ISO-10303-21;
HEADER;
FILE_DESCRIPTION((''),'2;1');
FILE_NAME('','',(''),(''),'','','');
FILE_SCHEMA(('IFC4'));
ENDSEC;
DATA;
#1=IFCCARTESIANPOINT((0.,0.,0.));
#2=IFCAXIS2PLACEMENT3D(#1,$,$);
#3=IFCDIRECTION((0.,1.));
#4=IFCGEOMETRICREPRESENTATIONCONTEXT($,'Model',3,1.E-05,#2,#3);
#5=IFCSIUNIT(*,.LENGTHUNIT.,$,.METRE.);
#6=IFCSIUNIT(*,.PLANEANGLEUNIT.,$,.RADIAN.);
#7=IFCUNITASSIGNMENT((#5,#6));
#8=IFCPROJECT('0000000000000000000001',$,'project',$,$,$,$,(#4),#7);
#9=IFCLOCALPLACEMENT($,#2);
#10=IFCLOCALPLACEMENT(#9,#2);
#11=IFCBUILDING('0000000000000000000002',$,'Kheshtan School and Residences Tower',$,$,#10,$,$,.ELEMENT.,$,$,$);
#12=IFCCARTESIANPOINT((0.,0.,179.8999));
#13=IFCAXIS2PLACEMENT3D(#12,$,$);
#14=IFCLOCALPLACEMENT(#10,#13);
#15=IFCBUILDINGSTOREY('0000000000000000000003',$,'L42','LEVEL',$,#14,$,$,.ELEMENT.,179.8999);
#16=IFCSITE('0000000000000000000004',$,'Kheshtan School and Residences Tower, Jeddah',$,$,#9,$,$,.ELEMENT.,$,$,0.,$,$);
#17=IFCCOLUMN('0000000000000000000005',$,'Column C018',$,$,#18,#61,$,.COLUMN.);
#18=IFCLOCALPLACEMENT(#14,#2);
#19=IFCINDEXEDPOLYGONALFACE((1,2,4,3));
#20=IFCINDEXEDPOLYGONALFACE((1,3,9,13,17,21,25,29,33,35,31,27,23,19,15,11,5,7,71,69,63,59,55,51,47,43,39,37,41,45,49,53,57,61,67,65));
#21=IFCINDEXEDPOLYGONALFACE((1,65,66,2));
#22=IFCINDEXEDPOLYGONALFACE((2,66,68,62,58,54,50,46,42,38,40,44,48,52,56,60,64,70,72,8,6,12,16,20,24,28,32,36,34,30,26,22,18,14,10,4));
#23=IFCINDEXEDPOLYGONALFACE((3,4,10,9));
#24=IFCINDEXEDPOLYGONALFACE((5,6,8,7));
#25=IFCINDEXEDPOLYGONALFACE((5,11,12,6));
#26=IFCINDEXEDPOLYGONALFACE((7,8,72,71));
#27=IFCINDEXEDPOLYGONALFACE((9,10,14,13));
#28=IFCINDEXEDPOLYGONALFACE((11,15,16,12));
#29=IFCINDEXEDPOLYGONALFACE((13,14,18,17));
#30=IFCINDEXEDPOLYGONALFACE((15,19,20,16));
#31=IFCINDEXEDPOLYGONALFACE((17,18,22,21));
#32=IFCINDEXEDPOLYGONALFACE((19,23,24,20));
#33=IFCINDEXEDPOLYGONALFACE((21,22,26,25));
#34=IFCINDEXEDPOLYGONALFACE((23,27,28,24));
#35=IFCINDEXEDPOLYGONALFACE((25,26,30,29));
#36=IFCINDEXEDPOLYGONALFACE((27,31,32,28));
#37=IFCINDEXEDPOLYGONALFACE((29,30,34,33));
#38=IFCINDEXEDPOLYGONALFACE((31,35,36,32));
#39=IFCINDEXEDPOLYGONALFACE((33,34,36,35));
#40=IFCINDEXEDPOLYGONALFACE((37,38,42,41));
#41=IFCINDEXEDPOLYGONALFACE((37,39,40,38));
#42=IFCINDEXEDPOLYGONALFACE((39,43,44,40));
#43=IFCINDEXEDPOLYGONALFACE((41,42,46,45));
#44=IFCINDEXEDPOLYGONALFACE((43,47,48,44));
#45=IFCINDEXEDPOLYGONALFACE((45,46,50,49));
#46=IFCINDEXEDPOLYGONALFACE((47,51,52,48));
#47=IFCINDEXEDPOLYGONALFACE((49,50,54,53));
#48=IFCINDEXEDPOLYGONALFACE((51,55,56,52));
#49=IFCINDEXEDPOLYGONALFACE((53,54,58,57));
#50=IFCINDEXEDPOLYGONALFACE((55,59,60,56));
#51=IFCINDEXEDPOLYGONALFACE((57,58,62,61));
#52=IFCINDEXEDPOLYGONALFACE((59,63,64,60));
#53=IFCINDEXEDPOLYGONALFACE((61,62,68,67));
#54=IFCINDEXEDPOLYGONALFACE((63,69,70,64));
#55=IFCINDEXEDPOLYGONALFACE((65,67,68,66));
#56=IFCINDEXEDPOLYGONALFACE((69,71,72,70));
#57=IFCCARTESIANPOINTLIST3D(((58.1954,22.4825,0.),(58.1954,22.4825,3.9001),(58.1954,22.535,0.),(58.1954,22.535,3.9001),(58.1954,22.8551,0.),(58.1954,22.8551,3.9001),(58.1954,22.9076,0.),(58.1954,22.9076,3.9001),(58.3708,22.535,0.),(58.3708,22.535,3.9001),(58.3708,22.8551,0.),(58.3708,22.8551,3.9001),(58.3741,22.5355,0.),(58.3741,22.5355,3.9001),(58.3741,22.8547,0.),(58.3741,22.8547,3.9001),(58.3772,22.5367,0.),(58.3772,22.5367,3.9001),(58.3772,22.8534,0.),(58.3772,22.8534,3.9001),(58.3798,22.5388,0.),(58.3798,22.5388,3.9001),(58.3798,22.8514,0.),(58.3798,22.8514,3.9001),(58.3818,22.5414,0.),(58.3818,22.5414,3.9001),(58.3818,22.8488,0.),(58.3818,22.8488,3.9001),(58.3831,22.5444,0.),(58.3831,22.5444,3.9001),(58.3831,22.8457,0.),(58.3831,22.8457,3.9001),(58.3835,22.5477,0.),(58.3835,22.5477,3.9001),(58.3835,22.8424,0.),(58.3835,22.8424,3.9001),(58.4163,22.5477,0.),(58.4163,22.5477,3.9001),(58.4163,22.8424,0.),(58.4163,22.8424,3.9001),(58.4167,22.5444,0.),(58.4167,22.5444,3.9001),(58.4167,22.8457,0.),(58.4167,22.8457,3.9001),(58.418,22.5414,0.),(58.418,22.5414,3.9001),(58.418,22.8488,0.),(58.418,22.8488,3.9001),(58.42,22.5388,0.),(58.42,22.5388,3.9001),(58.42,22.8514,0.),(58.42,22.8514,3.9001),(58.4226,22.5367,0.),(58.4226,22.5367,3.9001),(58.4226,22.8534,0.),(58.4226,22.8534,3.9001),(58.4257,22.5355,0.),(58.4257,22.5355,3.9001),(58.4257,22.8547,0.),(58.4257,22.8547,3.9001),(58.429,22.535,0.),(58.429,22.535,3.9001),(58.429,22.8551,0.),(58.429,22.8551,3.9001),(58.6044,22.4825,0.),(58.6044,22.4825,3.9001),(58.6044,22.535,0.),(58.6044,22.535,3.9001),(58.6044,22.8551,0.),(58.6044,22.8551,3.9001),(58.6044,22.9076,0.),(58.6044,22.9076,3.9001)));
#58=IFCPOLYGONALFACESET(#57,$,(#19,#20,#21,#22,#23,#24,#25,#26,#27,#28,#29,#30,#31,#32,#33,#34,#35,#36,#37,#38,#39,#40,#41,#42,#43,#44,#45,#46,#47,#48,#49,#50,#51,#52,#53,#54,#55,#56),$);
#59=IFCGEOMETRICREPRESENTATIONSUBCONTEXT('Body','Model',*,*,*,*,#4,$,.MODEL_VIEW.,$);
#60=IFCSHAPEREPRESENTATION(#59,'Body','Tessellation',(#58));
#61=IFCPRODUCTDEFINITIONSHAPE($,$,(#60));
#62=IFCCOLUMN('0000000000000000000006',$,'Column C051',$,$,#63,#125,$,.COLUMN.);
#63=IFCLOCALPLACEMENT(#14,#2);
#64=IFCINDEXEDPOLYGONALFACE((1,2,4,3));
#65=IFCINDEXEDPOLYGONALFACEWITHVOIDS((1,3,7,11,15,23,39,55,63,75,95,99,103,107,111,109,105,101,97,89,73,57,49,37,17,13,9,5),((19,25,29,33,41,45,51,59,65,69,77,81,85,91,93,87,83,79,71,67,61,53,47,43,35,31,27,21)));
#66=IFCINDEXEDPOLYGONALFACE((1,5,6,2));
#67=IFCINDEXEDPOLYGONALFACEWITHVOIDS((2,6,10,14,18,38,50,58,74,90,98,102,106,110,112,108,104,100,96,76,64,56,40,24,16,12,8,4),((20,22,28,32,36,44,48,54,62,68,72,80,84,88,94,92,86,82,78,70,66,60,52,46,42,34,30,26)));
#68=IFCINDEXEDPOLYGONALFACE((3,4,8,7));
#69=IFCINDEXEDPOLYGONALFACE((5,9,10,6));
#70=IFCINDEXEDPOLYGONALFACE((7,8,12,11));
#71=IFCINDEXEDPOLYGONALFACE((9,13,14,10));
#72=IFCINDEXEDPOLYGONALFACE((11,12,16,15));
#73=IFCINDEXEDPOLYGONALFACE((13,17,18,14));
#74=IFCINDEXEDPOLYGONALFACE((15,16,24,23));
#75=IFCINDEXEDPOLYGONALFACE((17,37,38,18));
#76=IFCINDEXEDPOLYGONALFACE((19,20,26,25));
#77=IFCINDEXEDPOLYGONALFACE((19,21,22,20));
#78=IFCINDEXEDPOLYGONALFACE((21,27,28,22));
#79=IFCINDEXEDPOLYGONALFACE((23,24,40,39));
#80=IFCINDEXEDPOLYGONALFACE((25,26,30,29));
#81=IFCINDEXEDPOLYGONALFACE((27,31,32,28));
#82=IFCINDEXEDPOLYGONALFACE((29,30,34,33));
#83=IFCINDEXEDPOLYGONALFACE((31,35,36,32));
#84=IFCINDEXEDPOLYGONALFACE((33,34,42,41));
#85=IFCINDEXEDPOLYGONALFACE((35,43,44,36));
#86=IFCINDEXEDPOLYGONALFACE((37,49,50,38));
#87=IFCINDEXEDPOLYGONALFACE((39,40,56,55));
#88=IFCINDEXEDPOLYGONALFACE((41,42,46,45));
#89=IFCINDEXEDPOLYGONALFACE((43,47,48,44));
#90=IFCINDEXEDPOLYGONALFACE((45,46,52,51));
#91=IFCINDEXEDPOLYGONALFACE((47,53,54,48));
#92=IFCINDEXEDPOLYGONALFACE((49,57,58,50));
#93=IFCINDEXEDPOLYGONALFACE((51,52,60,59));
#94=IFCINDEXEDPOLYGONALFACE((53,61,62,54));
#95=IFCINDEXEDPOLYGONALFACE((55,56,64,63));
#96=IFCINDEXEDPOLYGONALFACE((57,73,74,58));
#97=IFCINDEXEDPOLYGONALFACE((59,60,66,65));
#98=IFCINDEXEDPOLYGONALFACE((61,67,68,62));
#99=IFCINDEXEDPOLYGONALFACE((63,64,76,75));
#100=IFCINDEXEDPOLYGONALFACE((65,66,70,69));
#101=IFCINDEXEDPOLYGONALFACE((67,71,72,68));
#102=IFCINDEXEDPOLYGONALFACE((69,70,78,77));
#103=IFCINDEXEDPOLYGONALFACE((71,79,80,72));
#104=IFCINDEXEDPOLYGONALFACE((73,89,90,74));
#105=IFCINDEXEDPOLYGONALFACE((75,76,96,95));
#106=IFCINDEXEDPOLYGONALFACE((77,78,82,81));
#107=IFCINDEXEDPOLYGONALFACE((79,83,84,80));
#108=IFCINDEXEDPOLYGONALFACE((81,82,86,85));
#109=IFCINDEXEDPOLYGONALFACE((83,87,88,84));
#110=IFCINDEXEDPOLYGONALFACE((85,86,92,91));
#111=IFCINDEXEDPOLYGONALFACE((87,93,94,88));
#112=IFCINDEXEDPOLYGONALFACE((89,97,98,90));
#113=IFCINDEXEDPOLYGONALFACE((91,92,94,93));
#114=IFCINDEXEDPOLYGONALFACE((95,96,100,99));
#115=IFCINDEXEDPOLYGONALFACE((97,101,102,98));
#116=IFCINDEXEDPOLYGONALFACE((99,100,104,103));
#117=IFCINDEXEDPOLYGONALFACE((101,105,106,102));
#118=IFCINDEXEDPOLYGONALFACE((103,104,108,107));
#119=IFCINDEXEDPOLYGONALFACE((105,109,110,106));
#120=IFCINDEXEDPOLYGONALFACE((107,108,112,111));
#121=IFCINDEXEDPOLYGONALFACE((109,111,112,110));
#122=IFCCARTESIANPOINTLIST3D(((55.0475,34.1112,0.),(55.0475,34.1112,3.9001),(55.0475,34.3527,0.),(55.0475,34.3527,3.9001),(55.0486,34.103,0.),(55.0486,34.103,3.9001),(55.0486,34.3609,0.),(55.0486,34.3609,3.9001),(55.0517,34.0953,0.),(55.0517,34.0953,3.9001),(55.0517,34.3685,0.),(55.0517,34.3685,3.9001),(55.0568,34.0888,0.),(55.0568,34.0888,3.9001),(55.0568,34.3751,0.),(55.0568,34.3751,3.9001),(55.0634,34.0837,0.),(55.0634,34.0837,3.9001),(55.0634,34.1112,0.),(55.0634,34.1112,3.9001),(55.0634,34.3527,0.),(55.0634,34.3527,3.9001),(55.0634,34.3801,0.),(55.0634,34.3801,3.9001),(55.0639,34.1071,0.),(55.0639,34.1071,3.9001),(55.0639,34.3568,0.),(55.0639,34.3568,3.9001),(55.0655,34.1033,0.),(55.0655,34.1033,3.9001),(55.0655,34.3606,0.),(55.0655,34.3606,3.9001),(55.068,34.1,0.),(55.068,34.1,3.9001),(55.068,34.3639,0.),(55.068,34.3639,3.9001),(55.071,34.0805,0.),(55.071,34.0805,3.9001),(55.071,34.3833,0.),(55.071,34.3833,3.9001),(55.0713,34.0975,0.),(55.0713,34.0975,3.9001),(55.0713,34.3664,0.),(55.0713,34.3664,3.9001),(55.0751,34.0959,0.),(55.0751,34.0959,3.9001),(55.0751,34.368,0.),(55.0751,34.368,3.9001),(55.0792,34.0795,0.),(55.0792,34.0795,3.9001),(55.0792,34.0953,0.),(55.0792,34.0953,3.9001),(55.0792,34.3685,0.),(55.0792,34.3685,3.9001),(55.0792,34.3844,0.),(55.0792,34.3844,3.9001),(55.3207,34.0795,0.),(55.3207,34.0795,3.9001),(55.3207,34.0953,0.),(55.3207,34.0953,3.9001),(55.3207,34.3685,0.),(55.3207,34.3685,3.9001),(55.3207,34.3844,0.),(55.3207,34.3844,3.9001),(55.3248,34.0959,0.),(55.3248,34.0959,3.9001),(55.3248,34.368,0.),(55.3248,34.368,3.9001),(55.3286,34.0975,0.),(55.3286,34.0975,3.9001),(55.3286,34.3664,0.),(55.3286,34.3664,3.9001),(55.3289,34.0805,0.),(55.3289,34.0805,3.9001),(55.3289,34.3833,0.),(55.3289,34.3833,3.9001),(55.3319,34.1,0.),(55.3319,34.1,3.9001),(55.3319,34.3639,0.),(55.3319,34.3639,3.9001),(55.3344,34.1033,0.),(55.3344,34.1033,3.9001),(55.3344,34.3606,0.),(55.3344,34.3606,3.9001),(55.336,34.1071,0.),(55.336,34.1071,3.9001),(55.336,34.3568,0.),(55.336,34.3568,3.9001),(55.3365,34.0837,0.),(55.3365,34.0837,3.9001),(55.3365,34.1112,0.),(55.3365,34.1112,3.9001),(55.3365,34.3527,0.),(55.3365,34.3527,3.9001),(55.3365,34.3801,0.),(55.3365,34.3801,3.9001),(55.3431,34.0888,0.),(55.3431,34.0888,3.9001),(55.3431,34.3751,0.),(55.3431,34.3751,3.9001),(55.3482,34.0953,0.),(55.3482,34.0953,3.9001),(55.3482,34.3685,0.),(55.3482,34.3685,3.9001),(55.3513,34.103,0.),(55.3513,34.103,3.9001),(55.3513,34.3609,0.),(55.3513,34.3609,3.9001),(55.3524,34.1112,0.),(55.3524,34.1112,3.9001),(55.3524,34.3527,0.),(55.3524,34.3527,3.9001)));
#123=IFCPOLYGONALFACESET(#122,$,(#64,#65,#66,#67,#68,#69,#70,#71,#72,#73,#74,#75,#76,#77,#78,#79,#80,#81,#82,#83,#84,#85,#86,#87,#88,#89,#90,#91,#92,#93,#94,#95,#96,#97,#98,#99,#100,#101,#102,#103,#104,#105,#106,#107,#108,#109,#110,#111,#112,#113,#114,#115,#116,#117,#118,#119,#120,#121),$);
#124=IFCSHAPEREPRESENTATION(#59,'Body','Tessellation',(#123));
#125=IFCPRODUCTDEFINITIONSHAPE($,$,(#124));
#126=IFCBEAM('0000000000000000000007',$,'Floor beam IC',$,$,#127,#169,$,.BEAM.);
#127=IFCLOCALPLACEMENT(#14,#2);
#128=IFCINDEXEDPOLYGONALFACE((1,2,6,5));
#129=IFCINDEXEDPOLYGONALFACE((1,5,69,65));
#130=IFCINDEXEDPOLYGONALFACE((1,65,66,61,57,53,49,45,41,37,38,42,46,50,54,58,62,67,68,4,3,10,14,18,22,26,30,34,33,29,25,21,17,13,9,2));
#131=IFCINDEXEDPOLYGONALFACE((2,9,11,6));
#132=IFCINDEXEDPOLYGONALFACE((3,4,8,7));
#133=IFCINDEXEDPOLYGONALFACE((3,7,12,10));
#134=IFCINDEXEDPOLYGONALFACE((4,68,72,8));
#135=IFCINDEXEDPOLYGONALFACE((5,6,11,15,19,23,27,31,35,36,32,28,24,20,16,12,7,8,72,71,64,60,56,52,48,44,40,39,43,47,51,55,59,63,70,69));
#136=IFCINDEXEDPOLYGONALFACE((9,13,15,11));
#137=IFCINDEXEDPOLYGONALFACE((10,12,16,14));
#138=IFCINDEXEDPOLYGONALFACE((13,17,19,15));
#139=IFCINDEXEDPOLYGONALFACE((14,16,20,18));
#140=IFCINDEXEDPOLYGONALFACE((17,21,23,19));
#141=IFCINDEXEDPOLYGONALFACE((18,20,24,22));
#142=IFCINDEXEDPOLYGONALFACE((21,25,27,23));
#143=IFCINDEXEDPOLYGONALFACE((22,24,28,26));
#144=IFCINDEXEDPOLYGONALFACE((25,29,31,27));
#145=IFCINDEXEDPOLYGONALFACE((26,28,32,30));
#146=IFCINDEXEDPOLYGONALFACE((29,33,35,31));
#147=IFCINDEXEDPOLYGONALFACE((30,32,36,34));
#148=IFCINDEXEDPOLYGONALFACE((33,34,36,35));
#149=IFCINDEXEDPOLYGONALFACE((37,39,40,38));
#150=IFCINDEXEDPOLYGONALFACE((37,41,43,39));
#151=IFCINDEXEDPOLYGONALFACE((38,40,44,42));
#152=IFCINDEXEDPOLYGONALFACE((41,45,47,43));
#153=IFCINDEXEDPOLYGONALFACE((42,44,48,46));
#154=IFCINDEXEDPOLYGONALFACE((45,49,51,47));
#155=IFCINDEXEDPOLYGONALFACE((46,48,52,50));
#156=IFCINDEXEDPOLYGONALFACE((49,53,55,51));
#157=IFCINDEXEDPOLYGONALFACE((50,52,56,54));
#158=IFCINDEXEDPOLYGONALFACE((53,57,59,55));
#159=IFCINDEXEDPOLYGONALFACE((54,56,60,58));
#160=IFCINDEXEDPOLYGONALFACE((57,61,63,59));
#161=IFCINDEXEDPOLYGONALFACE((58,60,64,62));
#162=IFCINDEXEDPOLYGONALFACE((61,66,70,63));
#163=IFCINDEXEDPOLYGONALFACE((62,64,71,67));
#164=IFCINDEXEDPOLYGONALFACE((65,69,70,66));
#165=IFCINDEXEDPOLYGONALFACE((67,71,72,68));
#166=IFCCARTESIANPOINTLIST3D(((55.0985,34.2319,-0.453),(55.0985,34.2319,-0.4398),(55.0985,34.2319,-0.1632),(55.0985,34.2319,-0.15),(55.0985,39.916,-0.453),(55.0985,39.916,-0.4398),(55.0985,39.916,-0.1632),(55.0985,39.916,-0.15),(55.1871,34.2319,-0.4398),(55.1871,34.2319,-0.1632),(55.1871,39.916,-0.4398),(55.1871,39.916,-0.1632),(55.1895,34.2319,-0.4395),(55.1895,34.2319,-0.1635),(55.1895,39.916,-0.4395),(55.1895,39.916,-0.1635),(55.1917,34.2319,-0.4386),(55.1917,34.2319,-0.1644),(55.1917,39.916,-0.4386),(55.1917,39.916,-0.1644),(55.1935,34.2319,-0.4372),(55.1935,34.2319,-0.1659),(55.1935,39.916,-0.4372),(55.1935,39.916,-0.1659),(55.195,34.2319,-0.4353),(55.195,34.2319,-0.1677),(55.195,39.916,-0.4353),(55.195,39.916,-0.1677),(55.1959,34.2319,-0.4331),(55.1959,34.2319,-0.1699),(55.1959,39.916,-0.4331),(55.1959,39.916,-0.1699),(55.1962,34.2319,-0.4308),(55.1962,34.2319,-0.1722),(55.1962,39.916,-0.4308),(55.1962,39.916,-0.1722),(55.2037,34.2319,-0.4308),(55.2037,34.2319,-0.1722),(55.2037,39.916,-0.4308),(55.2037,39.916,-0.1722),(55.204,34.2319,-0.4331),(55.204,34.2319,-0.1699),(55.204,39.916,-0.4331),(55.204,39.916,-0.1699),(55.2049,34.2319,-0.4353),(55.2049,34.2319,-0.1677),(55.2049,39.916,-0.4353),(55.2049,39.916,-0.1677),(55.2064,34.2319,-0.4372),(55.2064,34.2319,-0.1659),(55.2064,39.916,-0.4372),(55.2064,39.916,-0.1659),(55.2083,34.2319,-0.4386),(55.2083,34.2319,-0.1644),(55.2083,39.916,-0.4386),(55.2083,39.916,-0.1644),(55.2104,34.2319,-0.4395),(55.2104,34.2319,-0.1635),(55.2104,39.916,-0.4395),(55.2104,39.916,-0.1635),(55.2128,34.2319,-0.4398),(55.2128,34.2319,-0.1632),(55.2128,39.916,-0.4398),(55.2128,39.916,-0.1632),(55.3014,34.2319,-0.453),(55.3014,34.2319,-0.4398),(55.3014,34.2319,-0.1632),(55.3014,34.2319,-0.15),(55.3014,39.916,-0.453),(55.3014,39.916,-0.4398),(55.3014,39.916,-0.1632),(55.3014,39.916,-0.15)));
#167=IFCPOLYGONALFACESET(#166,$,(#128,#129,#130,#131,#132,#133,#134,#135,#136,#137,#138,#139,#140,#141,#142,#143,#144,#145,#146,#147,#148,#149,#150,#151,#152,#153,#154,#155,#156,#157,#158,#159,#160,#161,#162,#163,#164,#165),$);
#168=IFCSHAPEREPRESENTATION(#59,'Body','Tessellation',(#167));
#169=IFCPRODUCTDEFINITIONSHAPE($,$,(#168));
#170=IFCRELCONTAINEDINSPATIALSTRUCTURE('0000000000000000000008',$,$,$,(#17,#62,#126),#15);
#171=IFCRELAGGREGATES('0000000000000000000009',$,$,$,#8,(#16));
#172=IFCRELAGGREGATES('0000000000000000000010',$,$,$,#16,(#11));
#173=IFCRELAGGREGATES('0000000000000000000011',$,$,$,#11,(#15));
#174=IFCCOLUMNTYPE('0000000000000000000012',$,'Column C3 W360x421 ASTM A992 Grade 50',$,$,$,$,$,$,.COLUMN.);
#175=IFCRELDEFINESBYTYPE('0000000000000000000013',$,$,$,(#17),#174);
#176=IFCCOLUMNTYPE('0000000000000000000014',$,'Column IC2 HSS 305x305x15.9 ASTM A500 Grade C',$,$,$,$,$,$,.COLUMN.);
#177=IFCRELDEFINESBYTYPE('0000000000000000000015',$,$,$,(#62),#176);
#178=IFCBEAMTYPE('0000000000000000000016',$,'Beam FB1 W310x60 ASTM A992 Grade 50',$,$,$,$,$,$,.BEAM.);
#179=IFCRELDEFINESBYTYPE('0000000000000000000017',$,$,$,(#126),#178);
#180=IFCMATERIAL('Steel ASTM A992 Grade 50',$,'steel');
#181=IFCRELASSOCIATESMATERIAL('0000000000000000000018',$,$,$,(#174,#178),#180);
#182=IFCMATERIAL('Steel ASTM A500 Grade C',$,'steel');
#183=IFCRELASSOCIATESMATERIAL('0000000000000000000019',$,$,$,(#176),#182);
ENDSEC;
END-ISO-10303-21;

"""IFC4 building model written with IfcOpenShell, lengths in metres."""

from ifc_helpers import new_model, si_unit, direction, frame, origin, origin_2d, place, context, subcontext, project, spatial, hollow_rectangle, i_section, extrude, material, material_profile, profile_set, type_object, element, save


model = new_model("IFC4")

# Units and contexts
model_context = context("Model", 3, precision=1e-05, world=origin(), true_north=direction((0.0, 1.0)))
body_context = subcontext(model_context, "Body", "Model", "MODEL_VIEW")
ifc_project = project(units=[si_unit("LENGTHUNIT", "METRE"), si_unit("PLANEANGLEUNIT", "RADIAN")], contexts=[model_context])

# Site, building, storey
site_placement = place(None, origin())
site = spatial("IfcSite", under=ifc_project, at=site_placement, Name="Kheshtan School and Residences Tower, Jeddah", CompositionType="ELEMENT", RefElevation=0.0)
building_placement = place(site_placement, origin())
building = spatial("IfcBuilding", under=site, at=building_placement, Name="Kheshtan School and Residences Tower", CompositionType="ELEMENT")
storey_placement = place(building_placement, frame((0.0, 0.0, 179.8999)))
storey = spatial("IfcBuildingStorey", under=building, at=storey_placement, Name="L42", Description="LEVEL", CompositionType="ELEMENT", Elevation=179.8999)

# Columns
ifc_material_1 = material(Name="Steel ASTM A992 Grade 50", Category="steel")
ifc_material_profile_1 = material_profile(ifc_material_1, i_section(OverallWidth=0.4089, OverallDepth=0.425, WebThickness=0.0327, FlangeThickness=0.0525, FilletRadius=0.0127, at=origin_2d()), Name="W360x421")
ifc_profile_set_1 = profile_set([ifc_material_profile_1], Name="Steel ASTM A992 Grade 50")
column_type_1 = type_object("IfcColumnType", Name="Column C3 W360x421 ASTM A992 Grade 50", PredefinedType="COLUMN", material=ifc_profile_set_1)
column_1_placement = place(storey_placement, frame((58.3999, 22.6951, 0.0), z_axis=(0.0, 0.0, 1.0), x_axis=(1.0, 0.0, 0.0)))
element("IfcColumn", 1, at=column_1_placement, inside=storey, type_object=column_type_1, Name="Column C018", PredefinedType="COLUMN", context=body_context, shape_type="SweptSolid", body=[
    extrude(i_section(OverallWidth=0.4089, OverallDepth=0.425, WebThickness=0.0327, FlangeThickness=0.0525, FilletRadius=0.0127, at=origin_2d()), origin(), (0.0, 0.0, 1.0), 3.9001),
])
ifc_material_2 = material(Name="Steel ASTM A500 Grade C", Category="steel")
ifc_material_profile_2 = material_profile(ifc_material_2, hollow_rectangle(XDim=0.3049, YDim=0.3049, WallThickness=0.0159, InnerFilletRadius=0.0159, OuterFilletRadius=0.0317, at=origin_2d()), Name="HSS 305x305x15.9")
ifc_profile_set_2 = profile_set([ifc_material_profile_2], Name="Steel ASTM A500 Grade C")
column_type_2 = type_object("IfcColumnType", Name="Column IC2 HSS 305x305x15.9 ASTM A500 Grade C", PredefinedType="COLUMN", material=ifc_profile_set_2)
column_2_placement = place(storey_placement, frame((55.2, 34.2319, 0.0), z_axis=(0.0, 0.0, 1.0), x_axis=(1.0, 0.0, 0.0)))
element("IfcColumn", 2, at=column_2_placement, inside=storey, type_object=column_type_2, Name="Column C051", PredefinedType="COLUMN", context=body_context, shape_type="SweptSolid", body=[
    extrude(hollow_rectangle(XDim=0.3049, YDim=0.3049, WallThickness=0.0159, InnerFilletRadius=0.0159, OuterFilletRadius=0.0317, at=origin_2d()), origin(), (0.0, 0.0, 1.0), 3.9001),
])

# Beam
ifc_material_profile_3 = material_profile(ifc_material_1, i_section(OverallWidth=0.2029, OverallDepth=0.303, WebThickness=0.0076, FlangeThickness=0.0132, FilletRadius=0.009, at=origin_2d()), Name="W310x60")
ifc_profile_set_3 = profile_set([ifc_material_profile_3], Name="Steel ASTM A992 Grade 50")
beam_type_1 = type_object("IfcBeamType", Name="Beam FB1 W310x60 ASTM A992 Grade 50", PredefinedType="BEAM", material=ifc_profile_set_3)
beam_1_placement = place(storey_placement, frame((55.2, 34.2319, -0.3015), z_axis=(0.0, 1.0, 0.0), x_axis=(-1.0, 0.0, 0.0)))
element("IfcBeam", 3, at=beam_1_placement, inside=storey, type_object=beam_type_1, Name="Floor beam IC", PredefinedType="BEAM", context=body_context, shape_type="SweptSolid", body=[
    extrude(i_section(OverallWidth=0.2029, OverallDepth=0.303, WebThickness=0.0076, FlangeThickness=0.0132, FilletRadius=0.009, at=origin_2d()), origin(), (0.0, 0.0, 1.0), 5.6841),
])

save(model, "model.ifc")
